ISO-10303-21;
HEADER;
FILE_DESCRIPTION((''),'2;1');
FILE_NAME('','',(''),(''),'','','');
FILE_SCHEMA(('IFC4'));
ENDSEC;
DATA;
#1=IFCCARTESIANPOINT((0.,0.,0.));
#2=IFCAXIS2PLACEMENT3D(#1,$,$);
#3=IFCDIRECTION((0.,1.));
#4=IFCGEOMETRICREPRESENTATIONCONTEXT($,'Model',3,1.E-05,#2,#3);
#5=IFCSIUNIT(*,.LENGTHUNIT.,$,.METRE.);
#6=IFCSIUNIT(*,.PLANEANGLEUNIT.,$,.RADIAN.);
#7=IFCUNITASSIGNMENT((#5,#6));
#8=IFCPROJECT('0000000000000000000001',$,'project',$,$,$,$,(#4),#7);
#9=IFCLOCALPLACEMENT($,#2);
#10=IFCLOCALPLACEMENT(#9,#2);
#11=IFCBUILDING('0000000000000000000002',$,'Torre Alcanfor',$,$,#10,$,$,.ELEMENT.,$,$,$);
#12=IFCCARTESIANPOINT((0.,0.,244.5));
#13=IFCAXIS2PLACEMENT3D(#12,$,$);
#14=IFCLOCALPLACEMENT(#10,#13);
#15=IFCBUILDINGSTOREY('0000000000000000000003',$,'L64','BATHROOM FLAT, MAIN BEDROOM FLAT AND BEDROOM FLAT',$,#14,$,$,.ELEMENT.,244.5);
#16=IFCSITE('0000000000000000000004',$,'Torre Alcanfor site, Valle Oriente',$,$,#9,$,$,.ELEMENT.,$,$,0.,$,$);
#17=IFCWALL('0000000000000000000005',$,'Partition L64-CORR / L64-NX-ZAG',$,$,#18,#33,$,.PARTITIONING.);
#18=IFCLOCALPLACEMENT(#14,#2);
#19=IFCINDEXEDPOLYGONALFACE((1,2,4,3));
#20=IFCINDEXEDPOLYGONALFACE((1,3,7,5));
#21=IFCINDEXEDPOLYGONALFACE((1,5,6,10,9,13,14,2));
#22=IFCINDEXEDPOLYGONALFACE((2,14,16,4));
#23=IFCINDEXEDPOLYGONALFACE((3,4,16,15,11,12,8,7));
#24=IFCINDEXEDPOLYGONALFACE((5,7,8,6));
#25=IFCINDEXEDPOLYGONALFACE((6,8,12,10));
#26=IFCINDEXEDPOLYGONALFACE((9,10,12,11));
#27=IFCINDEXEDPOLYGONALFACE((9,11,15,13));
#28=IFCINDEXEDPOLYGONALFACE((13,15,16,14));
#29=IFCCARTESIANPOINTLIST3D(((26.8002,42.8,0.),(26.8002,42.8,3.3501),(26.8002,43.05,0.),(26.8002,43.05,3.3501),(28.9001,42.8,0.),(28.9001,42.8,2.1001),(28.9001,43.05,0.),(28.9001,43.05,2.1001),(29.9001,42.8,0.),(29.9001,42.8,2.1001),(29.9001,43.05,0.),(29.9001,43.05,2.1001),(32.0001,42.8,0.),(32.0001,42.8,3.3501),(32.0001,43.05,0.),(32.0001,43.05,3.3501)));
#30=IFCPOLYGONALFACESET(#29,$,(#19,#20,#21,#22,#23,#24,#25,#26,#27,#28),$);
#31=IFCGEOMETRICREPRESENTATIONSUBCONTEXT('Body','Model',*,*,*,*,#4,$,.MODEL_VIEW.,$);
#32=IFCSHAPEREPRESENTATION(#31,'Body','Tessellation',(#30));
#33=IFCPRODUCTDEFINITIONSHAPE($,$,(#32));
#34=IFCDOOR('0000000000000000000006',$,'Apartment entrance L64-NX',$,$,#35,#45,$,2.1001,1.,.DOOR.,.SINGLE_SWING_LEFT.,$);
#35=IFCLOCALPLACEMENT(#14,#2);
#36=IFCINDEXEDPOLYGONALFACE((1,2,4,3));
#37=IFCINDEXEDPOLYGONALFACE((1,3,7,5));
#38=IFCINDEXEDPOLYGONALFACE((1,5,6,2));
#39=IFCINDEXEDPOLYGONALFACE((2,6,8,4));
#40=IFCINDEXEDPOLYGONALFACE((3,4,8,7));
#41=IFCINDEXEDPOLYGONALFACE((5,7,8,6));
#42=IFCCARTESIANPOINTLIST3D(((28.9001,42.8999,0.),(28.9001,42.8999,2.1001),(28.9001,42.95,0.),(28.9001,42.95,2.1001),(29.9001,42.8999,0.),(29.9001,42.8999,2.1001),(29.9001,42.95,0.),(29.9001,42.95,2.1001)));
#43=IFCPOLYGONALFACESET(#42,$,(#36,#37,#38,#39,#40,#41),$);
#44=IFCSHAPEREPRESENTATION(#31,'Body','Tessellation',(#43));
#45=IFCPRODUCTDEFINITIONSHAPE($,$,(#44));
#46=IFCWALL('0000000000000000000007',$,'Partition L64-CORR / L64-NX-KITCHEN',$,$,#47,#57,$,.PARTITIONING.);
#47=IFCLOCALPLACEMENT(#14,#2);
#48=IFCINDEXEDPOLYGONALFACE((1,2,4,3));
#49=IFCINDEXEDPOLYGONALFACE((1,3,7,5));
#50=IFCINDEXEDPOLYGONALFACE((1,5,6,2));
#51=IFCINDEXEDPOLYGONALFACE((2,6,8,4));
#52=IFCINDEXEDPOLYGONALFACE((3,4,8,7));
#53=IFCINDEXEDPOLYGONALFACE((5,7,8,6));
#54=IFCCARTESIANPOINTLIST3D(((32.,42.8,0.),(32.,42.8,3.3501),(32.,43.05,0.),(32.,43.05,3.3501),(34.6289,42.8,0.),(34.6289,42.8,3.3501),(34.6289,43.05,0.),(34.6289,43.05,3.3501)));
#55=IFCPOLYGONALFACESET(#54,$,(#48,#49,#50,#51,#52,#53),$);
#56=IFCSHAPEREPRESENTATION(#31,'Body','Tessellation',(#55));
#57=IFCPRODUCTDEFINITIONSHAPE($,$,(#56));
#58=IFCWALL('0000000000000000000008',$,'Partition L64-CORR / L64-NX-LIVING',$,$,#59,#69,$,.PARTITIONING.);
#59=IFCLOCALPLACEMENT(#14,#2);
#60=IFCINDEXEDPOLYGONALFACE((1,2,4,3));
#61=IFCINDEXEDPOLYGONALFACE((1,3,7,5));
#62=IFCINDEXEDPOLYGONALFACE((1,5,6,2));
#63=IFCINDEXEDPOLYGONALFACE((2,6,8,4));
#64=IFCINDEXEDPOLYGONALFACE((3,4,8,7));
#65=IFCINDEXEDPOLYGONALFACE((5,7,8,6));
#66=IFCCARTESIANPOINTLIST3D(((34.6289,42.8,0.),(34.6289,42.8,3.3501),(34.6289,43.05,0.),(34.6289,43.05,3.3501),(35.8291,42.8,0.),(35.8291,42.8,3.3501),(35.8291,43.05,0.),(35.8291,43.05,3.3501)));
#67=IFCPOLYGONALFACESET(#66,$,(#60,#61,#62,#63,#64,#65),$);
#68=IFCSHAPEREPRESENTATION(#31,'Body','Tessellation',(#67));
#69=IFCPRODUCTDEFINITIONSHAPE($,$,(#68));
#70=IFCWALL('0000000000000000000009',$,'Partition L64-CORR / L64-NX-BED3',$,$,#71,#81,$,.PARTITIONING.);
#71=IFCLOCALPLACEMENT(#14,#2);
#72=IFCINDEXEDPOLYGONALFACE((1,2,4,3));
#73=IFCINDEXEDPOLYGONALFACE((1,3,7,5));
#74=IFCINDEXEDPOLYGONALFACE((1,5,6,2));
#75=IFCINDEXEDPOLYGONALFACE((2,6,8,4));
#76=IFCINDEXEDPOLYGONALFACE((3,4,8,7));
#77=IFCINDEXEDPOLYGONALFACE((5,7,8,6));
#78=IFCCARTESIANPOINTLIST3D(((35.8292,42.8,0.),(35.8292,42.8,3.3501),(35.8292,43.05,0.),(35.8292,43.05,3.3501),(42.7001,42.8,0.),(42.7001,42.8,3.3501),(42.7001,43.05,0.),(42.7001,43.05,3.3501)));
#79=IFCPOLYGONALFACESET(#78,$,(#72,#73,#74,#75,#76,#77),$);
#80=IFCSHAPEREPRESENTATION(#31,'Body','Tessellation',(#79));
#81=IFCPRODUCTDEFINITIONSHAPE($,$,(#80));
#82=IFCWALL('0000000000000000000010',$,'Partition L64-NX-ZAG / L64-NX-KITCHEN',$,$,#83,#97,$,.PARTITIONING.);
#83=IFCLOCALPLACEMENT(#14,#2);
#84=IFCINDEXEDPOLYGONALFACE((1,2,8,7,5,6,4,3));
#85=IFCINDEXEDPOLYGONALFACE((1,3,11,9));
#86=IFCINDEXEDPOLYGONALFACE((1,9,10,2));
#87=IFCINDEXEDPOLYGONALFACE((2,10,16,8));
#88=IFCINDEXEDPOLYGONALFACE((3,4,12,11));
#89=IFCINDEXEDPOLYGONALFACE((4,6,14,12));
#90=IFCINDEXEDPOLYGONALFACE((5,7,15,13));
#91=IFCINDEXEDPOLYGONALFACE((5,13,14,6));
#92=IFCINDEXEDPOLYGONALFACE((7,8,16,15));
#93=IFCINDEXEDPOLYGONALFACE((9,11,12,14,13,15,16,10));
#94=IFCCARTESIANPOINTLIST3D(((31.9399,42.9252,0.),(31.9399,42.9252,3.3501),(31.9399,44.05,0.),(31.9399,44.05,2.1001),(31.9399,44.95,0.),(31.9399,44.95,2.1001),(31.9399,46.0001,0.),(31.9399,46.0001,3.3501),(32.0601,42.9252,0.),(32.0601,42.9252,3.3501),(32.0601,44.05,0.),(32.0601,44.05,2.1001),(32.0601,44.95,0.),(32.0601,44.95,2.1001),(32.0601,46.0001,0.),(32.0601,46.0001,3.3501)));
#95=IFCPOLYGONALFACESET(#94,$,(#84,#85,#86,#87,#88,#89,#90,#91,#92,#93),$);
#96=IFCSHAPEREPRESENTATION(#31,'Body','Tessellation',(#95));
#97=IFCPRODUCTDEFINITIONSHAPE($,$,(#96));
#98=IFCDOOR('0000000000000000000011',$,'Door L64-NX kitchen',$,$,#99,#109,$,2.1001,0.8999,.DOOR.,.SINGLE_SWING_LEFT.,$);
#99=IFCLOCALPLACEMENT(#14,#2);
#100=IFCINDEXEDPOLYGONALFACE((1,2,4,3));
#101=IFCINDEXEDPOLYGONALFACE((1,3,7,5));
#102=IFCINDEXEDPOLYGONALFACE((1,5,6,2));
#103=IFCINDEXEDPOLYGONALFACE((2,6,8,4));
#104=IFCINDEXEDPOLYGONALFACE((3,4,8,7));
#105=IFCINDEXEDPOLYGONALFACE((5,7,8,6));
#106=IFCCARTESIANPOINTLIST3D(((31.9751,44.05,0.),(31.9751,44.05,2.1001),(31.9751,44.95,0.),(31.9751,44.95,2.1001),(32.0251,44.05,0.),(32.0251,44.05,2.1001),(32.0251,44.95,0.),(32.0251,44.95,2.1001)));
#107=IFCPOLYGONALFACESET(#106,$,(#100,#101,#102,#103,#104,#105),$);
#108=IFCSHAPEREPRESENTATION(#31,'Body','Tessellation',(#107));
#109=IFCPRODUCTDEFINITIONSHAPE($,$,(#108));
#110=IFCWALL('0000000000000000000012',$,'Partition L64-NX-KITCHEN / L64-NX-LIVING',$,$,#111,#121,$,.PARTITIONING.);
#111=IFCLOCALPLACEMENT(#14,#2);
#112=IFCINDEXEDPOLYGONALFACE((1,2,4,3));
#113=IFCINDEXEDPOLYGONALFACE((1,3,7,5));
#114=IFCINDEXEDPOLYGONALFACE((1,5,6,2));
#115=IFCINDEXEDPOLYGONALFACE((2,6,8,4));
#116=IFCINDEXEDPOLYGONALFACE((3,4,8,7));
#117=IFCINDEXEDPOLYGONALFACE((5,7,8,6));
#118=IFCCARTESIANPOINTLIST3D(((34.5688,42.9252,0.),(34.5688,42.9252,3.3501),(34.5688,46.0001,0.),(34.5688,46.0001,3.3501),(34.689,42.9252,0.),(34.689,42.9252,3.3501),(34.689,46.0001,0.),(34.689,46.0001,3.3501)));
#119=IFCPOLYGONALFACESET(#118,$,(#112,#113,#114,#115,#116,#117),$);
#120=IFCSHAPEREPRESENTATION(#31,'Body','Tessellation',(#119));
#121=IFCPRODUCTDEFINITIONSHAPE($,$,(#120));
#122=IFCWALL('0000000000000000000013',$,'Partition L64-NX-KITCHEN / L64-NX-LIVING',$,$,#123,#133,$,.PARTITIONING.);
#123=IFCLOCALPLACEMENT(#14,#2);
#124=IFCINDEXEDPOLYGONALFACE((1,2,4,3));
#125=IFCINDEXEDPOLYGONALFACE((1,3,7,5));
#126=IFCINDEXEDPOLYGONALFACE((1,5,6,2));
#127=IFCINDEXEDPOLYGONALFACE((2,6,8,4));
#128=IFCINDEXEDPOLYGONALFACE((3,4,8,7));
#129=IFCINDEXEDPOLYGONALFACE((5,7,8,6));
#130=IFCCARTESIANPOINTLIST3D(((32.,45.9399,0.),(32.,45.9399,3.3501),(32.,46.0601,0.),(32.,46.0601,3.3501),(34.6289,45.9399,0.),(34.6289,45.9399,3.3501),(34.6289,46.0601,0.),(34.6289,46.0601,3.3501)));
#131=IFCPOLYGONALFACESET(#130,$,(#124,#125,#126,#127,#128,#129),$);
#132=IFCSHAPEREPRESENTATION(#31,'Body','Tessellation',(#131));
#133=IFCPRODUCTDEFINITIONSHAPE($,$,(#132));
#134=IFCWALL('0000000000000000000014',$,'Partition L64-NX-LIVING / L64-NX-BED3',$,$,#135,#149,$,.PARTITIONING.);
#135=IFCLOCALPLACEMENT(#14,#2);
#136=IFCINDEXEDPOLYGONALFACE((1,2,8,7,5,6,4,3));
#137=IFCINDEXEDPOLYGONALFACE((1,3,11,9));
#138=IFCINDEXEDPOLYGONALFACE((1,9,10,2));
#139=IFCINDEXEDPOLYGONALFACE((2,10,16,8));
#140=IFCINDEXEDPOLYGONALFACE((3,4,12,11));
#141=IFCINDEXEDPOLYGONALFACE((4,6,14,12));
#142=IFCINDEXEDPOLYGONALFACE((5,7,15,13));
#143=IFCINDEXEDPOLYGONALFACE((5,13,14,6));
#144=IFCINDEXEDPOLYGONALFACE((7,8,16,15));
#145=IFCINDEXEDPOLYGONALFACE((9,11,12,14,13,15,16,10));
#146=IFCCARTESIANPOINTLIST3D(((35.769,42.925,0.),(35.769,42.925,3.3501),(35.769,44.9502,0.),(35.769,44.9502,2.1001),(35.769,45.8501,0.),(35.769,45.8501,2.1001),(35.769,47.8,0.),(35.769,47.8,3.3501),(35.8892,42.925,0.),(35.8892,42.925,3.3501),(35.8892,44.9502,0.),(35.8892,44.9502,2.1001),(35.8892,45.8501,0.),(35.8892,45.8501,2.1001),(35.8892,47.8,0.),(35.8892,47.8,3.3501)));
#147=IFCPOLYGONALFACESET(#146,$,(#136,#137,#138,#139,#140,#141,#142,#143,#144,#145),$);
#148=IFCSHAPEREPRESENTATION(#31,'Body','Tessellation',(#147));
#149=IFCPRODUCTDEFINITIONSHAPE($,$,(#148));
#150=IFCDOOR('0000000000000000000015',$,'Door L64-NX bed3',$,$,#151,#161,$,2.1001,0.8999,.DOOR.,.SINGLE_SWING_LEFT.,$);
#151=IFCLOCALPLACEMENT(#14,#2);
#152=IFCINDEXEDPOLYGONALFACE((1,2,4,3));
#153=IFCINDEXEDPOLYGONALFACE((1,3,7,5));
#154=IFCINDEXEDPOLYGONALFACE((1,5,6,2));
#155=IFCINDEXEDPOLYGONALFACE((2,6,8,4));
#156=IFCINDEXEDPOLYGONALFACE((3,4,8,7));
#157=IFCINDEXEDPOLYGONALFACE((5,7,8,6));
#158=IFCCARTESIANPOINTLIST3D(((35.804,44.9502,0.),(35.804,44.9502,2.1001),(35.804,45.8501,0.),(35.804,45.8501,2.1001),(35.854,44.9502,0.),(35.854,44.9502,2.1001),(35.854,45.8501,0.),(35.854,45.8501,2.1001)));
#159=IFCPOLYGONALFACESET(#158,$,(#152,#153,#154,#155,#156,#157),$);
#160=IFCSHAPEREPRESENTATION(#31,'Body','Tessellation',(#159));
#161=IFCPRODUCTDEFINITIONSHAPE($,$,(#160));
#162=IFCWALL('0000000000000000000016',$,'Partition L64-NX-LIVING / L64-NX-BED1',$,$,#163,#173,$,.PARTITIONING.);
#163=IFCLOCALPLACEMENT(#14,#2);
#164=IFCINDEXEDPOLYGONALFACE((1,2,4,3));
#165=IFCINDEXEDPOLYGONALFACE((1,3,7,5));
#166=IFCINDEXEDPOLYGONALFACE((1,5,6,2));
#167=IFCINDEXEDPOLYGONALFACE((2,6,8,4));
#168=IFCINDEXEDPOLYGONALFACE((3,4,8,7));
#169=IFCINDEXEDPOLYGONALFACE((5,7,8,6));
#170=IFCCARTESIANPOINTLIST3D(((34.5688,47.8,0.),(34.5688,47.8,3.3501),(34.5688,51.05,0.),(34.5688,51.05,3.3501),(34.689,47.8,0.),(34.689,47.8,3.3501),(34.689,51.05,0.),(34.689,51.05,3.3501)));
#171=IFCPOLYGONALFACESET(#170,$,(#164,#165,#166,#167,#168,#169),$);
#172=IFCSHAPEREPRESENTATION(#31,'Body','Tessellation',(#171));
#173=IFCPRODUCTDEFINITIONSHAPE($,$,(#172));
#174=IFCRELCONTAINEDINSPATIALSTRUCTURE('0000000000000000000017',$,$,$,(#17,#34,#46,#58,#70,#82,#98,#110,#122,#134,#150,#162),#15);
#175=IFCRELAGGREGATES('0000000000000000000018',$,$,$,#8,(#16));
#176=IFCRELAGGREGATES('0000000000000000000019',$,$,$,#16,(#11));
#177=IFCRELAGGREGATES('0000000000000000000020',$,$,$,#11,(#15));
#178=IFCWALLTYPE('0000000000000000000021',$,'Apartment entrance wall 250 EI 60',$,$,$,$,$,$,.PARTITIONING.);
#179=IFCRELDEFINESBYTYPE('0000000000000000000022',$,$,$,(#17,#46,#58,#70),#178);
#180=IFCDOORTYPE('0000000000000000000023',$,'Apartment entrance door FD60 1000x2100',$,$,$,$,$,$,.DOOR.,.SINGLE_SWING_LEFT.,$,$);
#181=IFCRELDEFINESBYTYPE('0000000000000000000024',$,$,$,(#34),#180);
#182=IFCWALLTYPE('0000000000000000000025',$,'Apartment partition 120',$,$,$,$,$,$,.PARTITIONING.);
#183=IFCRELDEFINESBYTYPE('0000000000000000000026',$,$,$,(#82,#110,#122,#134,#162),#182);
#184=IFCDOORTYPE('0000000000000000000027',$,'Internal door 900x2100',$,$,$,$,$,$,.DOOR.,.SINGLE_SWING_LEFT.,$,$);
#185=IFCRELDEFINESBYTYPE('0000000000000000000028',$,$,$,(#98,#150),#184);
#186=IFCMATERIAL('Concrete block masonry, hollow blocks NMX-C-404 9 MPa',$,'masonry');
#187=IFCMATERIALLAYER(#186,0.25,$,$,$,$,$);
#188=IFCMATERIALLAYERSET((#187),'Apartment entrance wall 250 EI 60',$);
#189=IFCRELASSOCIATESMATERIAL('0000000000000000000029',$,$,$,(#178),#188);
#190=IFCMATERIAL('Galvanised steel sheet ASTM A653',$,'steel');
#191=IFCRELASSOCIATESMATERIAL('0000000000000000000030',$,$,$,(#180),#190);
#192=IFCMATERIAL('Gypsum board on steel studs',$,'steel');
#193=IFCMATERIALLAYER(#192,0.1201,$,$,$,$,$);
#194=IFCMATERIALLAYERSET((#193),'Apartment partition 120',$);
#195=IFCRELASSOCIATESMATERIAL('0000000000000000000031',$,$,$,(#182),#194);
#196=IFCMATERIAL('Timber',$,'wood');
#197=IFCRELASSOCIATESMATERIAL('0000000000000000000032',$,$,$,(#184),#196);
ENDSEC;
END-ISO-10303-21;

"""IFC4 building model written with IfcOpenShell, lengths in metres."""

from ifc_helpers import new_model, si_unit, direction, frame, frame_2d, origin, place, context, subcontext, project, spatial, rectangle, extrude, material, layer, layer_set, type_object, element, fill, save


model = new_model("IFC4")

# Units and contexts
model_context = context("Model", 3, precision=1e-05, world=origin(), true_north=direction((0.0, 1.0)))
body_context = subcontext(model_context, "Body", "Model", "MODEL_VIEW")
ifc_project = project(units=[si_unit("LENGTHUNIT", "METRE"), si_unit("PLANEANGLEUNIT", "RADIAN")], contexts=[model_context])

# Site, building, storey
site_placement = place(None, origin())
site = spatial("IfcSite", under=ifc_project, at=site_placement, Name="Torre Alcanfor site, Valle Oriente", CompositionType="ELEMENT", RefElevation=0.0)
building_placement = place(site_placement, origin())
building = spatial("IfcBuilding", under=site, at=building_placement, Name="Torre Alcanfor", CompositionType="ELEMENT")
storey_placement = place(building_placement, frame((0.0, 0.0, 244.5)))
storey = spatial("IfcBuildingStorey", under=building, at=storey_placement, Name="L64", Description="BATHROOM FLAT, MAIN BEDROOM FLAT AND BEDROOM FLAT", CompositionType="ELEMENT", Elevation=244.5)

# Wall, opening, door
ifc_material_1 = material(Name="Concrete block masonry, hollow blocks NMX-C-404 9 MPa", Category="masonry")
ifc_layer_1 = layer(ifc_material_1, 0.25)
ifc_layer_set_1 = layer_set([ifc_layer_1], Name="Apartment entrance wall 250 EI 60")
wall_type_1 = type_object("IfcWallType", Name="Apartment entrance wall 250 EI 60", PredefinedType="PARTITIONING", material=ifc_layer_set_1)
wall_1_placement = place(storey_placement, frame((26.8, 42.925, 0.0), z_axis=(0.0, 0.0, 1.0), x_axis=(1.0, 0.0, 0.0)))
wall_1 = element("IfcWall", 1, at=wall_1_placement, inside=storey, type_object=wall_type_1, Name="Partition L64-CORR / L64-NX-ZAG", PredefinedType="PARTITIONING", context=body_context, shape_type="SweptSolid", body=[
    extrude(rectangle(XDim=5.2, YDim=0.25, at=frame_2d((2.6001, 0.0))), origin(), (0.0, 0.0, 1.0), 3.3501),
])
opening_1_placement = place(wall_1_placement, frame((2.1001, 0.0, 0.0)))
opening_1 = element("IfcOpeningElement", 2, at=opening_1_placement, cuts=wall_1, PredefinedType="OPENING", context=body_context, shape_type="SweptSolid", body=[
    extrude(rectangle(XDim=1.0, YDim=2.1001, at=frame_2d((0.5, 1.05))), frame((0.0, 0.135, 0.0), z_axis=(0.0, -1.0, 0.0), x_axis=(1.0, 0.0, 0.0)), (0.0, 0.0, 1.0), 0.27),
])
ifc_material_2 = material(Name="Galvanised steel sheet ASTM A653", Category="steel")
door_type_1 = type_object("IfcDoorType", Name="Apartment entrance door FD60 1000x2100", OperationType="SINGLE_SWING_LEFT", PredefinedType="DOOR", material=ifc_material_2)
door_1_placement = place(opening_1_placement, origin())
door_1 = element("IfcDoor", 3, at=door_1_placement, inside=storey, type_object=door_type_1, Name="Apartment entrance L64-NX", OperationType="SINGLE_SWING_LEFT", OverallHeight=2.1001, OverallWidth=1.0, PredefinedType="DOOR", context=body_context, shape_type="SweptSolid", body=[
    extrude(rectangle(XDim=1.0, YDim=2.1001, at=frame_2d((0.5, 1.05))), frame((0.0, 0.0249, 0.0), z_axis=(0.0, -1.0, 0.0), x_axis=(1.0, 0.0, 0.0)), (0.0, 0.0, 1.0), 0.05),
])
fill(opening_1, door_1)

# Walls
wall_2_placement = place(storey_placement, frame((32.0, 42.925, 0.0), z_axis=(0.0, 0.0, 1.0), x_axis=(1.0, 0.0, 0.0)))
element("IfcWall", 4, at=wall_2_placement, inside=storey, type_object=wall_type_1, Name="Partition L64-CORR / L64-NX-KITCHEN", PredefinedType="PARTITIONING", context=body_context, shape_type="SweptSolid", body=[
    extrude(rectangle(XDim=2.6289, YDim=0.25, at=frame_2d((1.3145, 0.0))), origin(), (0.0, 0.0, 1.0), 3.3501),
])
wall_3_placement = place(storey_placement, frame((34.6289, 42.925, 0.0), z_axis=(0.0, 0.0, 1.0), x_axis=(1.0, 0.0, 0.0)))
element("IfcWall", 5, at=wall_3_placement, inside=storey, type_object=wall_type_1, Name="Partition L64-CORR / L64-NX-LIVING", PredefinedType="PARTITIONING", context=body_context, shape_type="SweptSolid", body=[
    extrude(rectangle(XDim=1.2002, YDim=0.25, at=frame_2d((0.6001, 0.0))), origin(), (0.0, 0.0, 1.0), 3.3501),
])
wall_4_placement = place(storey_placement, frame((35.8291, 42.925, 0.0), z_axis=(0.0, 0.0, 1.0), x_axis=(1.0, 0.0, 0.0)))
element("IfcWall", 6, at=wall_4_placement, inside=storey, type_object=wall_type_1, Name="Partition L64-CORR / L64-NX-BED3", PredefinedType="PARTITIONING", context=body_context, shape_type="SweptSolid", body=[
    extrude(rectangle(XDim=6.8708, YDim=0.25, at=frame_2d((3.4355, 0.0))), origin(), (0.0, 0.0, 1.0), 3.3501),
])

# Wall, opening, door
ifc_material_3 = material(Name="Gypsum board on steel studs", Category="steel")
ifc_layer_2 = layer(ifc_material_3, 0.1201)
ifc_layer_set_2 = layer_set([ifc_layer_2], Name="Apartment partition 120")
wall_type_2 = type_object("IfcWallType", Name="Apartment partition 120", PredefinedType="PARTITIONING", material=ifc_layer_set_2)
wall_5_placement = place(storey_placement, frame((32.0, 42.925, 0.0), z_axis=(0.0, 0.0, 1.0), x_axis=(0.0, 1.0, 0.0)))
wall_5 = element("IfcWall", 7, at=wall_5_placement, inside=storey, type_object=wall_type_2, Name="Partition L64-NX-ZAG / L64-NX-KITCHEN", PredefinedType="PARTITIONING", context=body_context, shape_type="SweptSolid", body=[
    extrude(rectangle(XDim=3.075, YDim=0.1201, at=frame_2d((1.5376, 0.0))), origin(), (0.0, 0.0, 1.0), 3.3501),
])
opening_2_placement = place(wall_5_placement, frame((1.125, 0.0, 0.0)))
opening_2 = element("IfcOpeningElement", 8, at=opening_2_placement, cuts=wall_5, PredefinedType="OPENING", context=body_context, shape_type="SweptSolid", body=[
    extrude(rectangle(XDim=0.8999, YDim=2.1001, at=frame_2d((0.45, 1.05))), frame((0.0, 0.0701, 0.0), z_axis=(0.0, -1.0, 0.0), x_axis=(1.0, 0.0, 0.0)), (0.0, 0.0, 1.0), 0.1401),
])
ifc_material_4 = material(Name="Timber", Category="wood")
door_type_2 = type_object("IfcDoorType", Name="Internal door 900x2100", OperationType="SINGLE_SWING_LEFT", PredefinedType="DOOR", material=ifc_material_4)
door_2_placement = place(opening_2_placement, frame((0.8999, 0.0, 0.0), z_axis=(0.0, 0.0, 1.0), x_axis=(-1.0, 0.0, 0.0)))
door_2 = element("IfcDoor", 9, at=door_2_placement, inside=storey, type_object=door_type_2, Name="Door L64-NX kitchen", OperationType="SINGLE_SWING_LEFT", OverallHeight=2.1001, OverallWidth=0.8999, PredefinedType="DOOR", context=body_context, shape_type="SweptSolid", body=[
    extrude(rectangle(XDim=0.8999, YDim=2.1001, at=frame_2d((0.45, 1.05))), frame((0.0, 0.0251, 0.0), z_axis=(0.0, -1.0, 0.0), x_axis=(1.0, 0.0, 0.0)), (0.0, 0.0, 1.0), 0.05),
])
fill(opening_2, door_2)

# Walls
wall_6_placement = place(storey_placement, frame((34.6289, 42.925, 0.0), z_axis=(0.0, 0.0, 1.0), x_axis=(0.0, 1.0, 0.0)))
element("IfcWall", 10, at=wall_6_placement, inside=storey, type_object=wall_type_2, Name="Partition L64-NX-KITCHEN / L64-NX-LIVING", PredefinedType="PARTITIONING", context=body_context, shape_type="SweptSolid", body=[
    extrude(rectangle(XDim=3.075, YDim=0.1201, at=frame_2d((1.5376, 0.0))), origin(), (0.0, 0.0, 1.0), 3.3501),
])
wall_7_placement = place(storey_placement, frame((34.6289, 46.0, 0.0), z_axis=(0.0, 0.0, 1.0), x_axis=(-1.0, 0.0, 0.0)))
element("IfcWall", 11, at=wall_7_placement, inside=storey, type_object=wall_type_2, Name="Partition L64-NX-KITCHEN / L64-NX-LIVING", PredefinedType="PARTITIONING", context=body_context, shape_type="SweptSolid", body=[
    extrude(rectangle(XDim=2.6289, YDim=0.1201, at=frame_2d((1.3145, 0.0))), origin(), (0.0, 0.0, 1.0), 3.3501),
])

# Wall, opening, door
wall_8_placement = place(storey_placement, frame((35.8291, 47.8, 0.0), z_axis=(0.0, 0.0, 1.0), x_axis=(0.0, -1.0, 0.0)))
wall_8 = element("IfcWall", 12, at=wall_8_placement, inside=storey, type_object=wall_type_2, Name="Partition L64-NX-LIVING / L64-NX-BED3", PredefinedType="PARTITIONING", context=body_context, shape_type="SweptSolid", body=[
    extrude(rectangle(XDim=4.875, YDim=0.1201, at=frame_2d((2.4375, 0.0))), origin(), (0.0, 0.0, 1.0), 3.3501),
])
opening_3_placement = place(wall_8_placement, frame((1.95, 0.0, 0.0)))
opening_3 = element("IfcOpeningElement", 13, at=opening_3_placement, cuts=wall_8, PredefinedType="OPENING", context=body_context, shape_type="SweptSolid", body=[
    extrude(rectangle(XDim=0.8999, YDim=2.1001, at=frame_2d((0.45, 1.05))), frame((0.0, 0.0701, 0.0), z_axis=(0.0, -1.0, 0.0), x_axis=(1.0, 0.0, 0.0)), (0.0, 0.0, 1.0), 0.1401),
])
door_3_placement = place(opening_3_placement, origin())
door_3 = element("IfcDoor", 14, at=door_3_placement, inside=storey, type_object=door_type_2, Name="Door L64-NX bed3", OperationType="SINGLE_SWING_LEFT", OverallHeight=2.1001, OverallWidth=0.8999, PredefinedType="DOOR", context=body_context, shape_type="SweptSolid", body=[
    extrude(rectangle(XDim=0.8999, YDim=2.1001, at=frame_2d((0.45, 1.05))), frame((0.0, 0.0249, 0.0), z_axis=(0.0, -1.0, 0.0), x_axis=(1.0, 0.0, 0.0)), (0.0, 0.0, 1.0), 0.05),
])
fill(opening_3, door_3)

# Wall
wall_9_placement = place(storey_placement, frame((34.6289, 51.05, 0.0), z_axis=(0.0, 0.0, 1.0), x_axis=(0.0, -1.0, 0.0)))
element("IfcWall", 15, at=wall_9_placement, inside=storey, type_object=wall_type_2, Name="Partition L64-NX-LIVING / L64-NX-BED1", PredefinedType="PARTITIONING", context=body_context, shape_type="SweptSolid", body=[
    extrude(rectangle(XDim=3.25, YDim=0.1201, at=frame_2d((1.625, 0.0))), origin(), (0.0, 0.0, 1.0), 3.3501),
])

save(model, "model.ifc")
